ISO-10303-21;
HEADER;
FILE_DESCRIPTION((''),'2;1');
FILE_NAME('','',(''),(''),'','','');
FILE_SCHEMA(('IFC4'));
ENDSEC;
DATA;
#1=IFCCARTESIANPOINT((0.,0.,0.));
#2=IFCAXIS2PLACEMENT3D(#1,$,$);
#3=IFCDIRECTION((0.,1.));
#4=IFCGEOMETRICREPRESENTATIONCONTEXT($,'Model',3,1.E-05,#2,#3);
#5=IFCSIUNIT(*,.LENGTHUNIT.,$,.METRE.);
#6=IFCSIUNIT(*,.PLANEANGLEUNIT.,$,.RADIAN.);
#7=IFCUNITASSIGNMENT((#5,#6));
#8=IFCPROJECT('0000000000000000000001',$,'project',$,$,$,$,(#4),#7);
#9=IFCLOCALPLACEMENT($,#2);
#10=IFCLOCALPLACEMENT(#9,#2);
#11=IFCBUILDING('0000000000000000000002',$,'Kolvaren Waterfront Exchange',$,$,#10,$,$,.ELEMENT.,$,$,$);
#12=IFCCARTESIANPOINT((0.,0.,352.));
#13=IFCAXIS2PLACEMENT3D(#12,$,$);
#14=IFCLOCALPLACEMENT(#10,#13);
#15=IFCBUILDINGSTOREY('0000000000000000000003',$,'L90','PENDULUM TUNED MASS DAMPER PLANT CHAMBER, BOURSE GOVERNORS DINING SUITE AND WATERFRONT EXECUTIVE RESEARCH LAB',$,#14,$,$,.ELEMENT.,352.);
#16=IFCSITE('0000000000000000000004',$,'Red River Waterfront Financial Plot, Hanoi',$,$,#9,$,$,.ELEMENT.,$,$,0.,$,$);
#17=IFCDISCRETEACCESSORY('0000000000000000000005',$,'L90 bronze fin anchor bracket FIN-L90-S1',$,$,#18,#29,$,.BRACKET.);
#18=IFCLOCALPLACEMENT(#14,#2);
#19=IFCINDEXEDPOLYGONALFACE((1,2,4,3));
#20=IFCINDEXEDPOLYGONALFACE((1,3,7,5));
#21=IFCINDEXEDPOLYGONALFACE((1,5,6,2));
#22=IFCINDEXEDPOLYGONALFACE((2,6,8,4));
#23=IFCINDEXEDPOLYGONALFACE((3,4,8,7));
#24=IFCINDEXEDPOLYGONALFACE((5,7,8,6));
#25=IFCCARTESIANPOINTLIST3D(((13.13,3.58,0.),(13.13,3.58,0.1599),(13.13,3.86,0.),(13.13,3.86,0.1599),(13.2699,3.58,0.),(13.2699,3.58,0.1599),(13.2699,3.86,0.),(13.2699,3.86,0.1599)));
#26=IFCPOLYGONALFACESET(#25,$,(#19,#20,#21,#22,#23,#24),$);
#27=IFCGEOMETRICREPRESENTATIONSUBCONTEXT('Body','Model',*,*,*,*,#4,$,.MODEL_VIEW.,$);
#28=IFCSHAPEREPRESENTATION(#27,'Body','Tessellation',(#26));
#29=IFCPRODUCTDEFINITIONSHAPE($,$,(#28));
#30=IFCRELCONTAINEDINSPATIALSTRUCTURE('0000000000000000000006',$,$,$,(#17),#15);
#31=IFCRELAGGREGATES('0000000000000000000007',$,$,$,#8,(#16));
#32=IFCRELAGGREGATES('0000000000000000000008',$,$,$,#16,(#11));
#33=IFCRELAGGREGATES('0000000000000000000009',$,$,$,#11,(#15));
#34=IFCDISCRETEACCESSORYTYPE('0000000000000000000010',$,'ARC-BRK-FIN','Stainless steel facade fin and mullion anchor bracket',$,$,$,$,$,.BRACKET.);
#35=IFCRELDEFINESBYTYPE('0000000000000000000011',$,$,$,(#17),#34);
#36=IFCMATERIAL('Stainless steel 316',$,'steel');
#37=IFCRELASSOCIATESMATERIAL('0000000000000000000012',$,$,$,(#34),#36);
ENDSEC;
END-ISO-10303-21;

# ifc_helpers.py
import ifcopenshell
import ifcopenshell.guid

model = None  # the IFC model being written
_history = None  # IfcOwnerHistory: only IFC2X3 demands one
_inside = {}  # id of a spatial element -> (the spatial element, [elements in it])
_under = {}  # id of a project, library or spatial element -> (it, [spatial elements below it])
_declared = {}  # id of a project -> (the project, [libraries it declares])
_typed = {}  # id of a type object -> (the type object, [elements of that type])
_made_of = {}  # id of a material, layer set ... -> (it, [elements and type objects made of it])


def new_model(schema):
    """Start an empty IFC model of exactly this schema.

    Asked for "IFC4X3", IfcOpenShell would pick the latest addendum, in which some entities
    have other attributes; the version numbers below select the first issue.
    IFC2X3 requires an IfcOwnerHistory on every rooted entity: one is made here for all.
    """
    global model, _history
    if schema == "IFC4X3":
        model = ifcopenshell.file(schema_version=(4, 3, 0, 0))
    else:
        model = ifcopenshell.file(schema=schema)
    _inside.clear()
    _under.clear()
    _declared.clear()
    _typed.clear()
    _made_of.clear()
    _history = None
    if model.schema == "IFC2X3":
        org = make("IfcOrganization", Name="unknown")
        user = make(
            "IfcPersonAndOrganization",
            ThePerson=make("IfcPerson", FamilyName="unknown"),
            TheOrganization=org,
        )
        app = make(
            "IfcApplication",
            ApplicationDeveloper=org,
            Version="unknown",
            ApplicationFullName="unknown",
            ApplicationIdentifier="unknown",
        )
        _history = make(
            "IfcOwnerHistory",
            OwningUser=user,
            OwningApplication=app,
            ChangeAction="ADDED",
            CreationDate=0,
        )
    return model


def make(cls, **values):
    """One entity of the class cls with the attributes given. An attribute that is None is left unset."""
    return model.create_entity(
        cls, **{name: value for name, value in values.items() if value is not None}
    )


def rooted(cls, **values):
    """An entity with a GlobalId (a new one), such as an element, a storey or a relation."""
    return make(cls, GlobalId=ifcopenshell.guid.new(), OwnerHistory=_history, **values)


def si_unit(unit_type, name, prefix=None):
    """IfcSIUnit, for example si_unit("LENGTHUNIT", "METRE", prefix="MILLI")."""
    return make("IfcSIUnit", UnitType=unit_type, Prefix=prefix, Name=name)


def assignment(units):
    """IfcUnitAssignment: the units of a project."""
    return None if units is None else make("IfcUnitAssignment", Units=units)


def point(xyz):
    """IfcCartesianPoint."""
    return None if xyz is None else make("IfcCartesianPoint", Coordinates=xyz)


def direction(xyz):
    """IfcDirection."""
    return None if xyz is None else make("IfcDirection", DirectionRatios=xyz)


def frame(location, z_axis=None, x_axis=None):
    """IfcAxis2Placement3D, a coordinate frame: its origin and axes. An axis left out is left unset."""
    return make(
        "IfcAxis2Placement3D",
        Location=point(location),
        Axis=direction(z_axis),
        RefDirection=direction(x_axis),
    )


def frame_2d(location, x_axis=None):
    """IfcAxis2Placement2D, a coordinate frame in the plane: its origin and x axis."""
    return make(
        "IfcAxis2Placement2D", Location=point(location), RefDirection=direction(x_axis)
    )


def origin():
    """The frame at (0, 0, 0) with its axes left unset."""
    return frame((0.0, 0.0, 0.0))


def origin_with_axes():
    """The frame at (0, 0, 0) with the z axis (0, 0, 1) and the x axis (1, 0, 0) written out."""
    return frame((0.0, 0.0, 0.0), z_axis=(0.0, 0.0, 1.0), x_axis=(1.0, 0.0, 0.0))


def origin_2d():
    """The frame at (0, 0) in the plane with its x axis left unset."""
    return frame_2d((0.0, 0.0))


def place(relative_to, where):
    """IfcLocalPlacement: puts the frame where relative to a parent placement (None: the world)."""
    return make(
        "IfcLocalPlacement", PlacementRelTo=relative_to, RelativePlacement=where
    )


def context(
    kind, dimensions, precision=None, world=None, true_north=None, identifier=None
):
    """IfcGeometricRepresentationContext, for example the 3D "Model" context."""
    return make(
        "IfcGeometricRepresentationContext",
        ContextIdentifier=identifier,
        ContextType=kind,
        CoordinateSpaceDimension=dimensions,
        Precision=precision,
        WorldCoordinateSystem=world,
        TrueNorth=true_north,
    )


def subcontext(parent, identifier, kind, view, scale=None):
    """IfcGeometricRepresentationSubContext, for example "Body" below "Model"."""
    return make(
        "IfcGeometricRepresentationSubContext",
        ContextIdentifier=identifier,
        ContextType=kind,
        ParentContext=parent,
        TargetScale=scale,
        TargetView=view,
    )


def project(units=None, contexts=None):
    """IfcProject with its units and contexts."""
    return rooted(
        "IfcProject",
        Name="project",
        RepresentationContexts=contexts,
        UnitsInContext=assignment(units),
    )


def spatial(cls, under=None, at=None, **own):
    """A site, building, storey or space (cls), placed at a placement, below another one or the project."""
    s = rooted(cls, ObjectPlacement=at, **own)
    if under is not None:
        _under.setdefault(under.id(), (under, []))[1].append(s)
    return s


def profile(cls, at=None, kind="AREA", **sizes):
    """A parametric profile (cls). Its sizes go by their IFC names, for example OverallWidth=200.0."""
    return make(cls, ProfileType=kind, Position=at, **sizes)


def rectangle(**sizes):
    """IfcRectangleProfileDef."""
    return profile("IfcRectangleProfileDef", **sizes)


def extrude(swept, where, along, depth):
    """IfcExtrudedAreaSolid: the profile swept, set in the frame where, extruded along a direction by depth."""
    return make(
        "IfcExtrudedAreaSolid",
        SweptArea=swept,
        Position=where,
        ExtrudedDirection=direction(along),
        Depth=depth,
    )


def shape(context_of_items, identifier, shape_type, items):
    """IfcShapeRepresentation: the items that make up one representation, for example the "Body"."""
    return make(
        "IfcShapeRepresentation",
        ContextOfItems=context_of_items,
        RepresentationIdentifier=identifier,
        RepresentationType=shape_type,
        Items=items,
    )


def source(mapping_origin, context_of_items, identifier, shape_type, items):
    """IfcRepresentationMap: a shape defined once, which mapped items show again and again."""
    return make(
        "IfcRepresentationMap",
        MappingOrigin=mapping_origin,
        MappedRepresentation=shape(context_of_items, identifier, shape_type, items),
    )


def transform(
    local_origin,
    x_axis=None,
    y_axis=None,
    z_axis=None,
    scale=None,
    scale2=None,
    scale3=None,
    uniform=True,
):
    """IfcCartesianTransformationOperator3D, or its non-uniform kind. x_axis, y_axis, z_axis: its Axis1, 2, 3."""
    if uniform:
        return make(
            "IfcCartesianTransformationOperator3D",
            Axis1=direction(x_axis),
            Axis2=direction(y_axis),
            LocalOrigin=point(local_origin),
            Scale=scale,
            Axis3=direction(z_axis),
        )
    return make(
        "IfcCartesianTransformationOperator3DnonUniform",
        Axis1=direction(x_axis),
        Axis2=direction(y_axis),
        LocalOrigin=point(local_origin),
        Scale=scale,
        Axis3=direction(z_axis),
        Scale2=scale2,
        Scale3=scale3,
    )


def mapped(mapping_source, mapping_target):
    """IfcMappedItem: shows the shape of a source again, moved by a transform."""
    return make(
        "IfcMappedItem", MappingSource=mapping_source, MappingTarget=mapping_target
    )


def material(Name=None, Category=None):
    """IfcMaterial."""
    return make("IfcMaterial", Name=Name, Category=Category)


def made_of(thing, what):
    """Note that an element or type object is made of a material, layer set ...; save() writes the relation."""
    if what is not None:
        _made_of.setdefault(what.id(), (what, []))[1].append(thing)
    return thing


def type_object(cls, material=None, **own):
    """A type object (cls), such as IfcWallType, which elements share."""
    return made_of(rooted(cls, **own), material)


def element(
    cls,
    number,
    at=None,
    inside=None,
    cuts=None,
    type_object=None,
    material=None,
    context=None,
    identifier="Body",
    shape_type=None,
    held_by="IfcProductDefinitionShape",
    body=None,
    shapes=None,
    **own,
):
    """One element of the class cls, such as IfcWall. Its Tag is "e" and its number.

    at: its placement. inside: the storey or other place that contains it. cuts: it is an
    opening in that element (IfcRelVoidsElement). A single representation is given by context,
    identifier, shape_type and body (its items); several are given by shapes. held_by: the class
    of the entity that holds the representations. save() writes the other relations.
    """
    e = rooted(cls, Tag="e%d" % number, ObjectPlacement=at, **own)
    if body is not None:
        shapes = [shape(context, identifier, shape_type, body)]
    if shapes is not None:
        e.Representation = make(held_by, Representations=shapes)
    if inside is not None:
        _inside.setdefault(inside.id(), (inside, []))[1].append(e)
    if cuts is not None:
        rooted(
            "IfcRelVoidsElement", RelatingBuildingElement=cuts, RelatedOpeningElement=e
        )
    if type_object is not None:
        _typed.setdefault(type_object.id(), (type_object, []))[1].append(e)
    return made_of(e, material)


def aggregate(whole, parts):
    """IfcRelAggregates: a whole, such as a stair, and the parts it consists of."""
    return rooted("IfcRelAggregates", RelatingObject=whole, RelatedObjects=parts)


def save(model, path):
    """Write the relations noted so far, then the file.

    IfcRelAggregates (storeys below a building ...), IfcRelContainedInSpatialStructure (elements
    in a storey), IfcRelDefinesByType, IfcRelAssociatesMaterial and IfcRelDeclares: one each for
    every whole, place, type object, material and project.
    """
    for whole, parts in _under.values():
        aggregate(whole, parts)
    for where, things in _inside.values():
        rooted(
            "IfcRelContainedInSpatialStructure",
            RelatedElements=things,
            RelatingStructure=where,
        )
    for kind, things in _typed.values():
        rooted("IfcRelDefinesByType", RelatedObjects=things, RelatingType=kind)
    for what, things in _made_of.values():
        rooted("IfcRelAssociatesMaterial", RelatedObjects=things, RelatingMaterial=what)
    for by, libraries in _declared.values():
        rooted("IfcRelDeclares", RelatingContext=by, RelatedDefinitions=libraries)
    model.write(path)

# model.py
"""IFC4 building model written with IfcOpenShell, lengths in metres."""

from ifc_helpers import new_model, si_unit, direction, frame, origin, origin_with_axes, origin_2d, place, context, subcontext, project, spatial, rectangle, extrude, source, transform, mapped, material, type_object, element, save


model = new_model("IFC4")

# Units and contexts
model_context = context("Model", 3, precision=1e-05, world=origin(), true_north=direction((0.0, 1.0)))
body_context = subcontext(model_context, "Body", "Model", "MODEL_VIEW")
ifc_project = project(units=[si_unit("LENGTHUNIT", "METRE"), si_unit("PLANEANGLEUNIT", "RADIAN")], contexts=[model_context])

# Site, building, storey
site_placement = place(None, origin())
site = spatial("IfcSite", under=ifc_project, at=site_placement, Name="Red River Waterfront Financial Plot, Hanoi", CompositionType="ELEMENT", RefElevation=0.0)
building_placement = place(site_placement, origin())
building = spatial("IfcBuilding", under=site, at=building_placement, Name="Kolvaren Waterfront Exchange", CompositionType="ELEMENT")
storey_placement = place(building_placement, frame((0.0, 0.0, 352.0)))
storey = spatial("IfcBuildingStorey", under=building, at=storey_placement, Name="L90", Description="PENDULUM TUNED MASS DAMPER PLANT CHAMBER, BOURSE GOVERNORS DINING SUITE AND WATERFRONT EXECUTIVE RESEARCH LAB", CompositionType="ELEMENT", Elevation=352.0)

# Discrete accessory
ifc_material_1 = material(Name="Stainless steel 316", Category="steel")
discrete_accessory_type = type_object("IfcDiscreteAccessoryType", Name="ARC-BRK-FIN", Description="Stainless steel facade fin and mullion anchor bracket", PredefinedType="BRACKET", material=ifc_material_1)
shared_shape_1 = source(origin_with_axes(), body_context, "Body", "SweptSolid", [
    extrude(rectangle(XDim=0.28, YDim=0.1399, at=origin_2d()), origin(), (0.0, 0.0, 1.0), 0.1599),
])
discrete_accessory_placement = place(storey_placement, frame((13.2, 3.72, 0.0), z_axis=(0.0, 0.0, 1.0), x_axis=(0.0, -1.0, 0.0)))
element("IfcDiscreteAccessory", 1, at=discrete_accessory_placement, inside=storey, type_object=discrete_accessory_type, Name="L90 bronze fin anchor bracket FIN-L90-S1", PredefinedType="BRACKET", context=body_context, shape_type="MappedRepresentation", body=[
    mapped(shared_shape_1, transform((0.0, 0.0, 0.0), x_axis=(1.0, 0.0, 0.0), y_axis=(0.0, 1.0, 0.0), z_axis=(0.0, 0.0, 1.0), scale=1.0)),
])

save(model, "model.ifc")
